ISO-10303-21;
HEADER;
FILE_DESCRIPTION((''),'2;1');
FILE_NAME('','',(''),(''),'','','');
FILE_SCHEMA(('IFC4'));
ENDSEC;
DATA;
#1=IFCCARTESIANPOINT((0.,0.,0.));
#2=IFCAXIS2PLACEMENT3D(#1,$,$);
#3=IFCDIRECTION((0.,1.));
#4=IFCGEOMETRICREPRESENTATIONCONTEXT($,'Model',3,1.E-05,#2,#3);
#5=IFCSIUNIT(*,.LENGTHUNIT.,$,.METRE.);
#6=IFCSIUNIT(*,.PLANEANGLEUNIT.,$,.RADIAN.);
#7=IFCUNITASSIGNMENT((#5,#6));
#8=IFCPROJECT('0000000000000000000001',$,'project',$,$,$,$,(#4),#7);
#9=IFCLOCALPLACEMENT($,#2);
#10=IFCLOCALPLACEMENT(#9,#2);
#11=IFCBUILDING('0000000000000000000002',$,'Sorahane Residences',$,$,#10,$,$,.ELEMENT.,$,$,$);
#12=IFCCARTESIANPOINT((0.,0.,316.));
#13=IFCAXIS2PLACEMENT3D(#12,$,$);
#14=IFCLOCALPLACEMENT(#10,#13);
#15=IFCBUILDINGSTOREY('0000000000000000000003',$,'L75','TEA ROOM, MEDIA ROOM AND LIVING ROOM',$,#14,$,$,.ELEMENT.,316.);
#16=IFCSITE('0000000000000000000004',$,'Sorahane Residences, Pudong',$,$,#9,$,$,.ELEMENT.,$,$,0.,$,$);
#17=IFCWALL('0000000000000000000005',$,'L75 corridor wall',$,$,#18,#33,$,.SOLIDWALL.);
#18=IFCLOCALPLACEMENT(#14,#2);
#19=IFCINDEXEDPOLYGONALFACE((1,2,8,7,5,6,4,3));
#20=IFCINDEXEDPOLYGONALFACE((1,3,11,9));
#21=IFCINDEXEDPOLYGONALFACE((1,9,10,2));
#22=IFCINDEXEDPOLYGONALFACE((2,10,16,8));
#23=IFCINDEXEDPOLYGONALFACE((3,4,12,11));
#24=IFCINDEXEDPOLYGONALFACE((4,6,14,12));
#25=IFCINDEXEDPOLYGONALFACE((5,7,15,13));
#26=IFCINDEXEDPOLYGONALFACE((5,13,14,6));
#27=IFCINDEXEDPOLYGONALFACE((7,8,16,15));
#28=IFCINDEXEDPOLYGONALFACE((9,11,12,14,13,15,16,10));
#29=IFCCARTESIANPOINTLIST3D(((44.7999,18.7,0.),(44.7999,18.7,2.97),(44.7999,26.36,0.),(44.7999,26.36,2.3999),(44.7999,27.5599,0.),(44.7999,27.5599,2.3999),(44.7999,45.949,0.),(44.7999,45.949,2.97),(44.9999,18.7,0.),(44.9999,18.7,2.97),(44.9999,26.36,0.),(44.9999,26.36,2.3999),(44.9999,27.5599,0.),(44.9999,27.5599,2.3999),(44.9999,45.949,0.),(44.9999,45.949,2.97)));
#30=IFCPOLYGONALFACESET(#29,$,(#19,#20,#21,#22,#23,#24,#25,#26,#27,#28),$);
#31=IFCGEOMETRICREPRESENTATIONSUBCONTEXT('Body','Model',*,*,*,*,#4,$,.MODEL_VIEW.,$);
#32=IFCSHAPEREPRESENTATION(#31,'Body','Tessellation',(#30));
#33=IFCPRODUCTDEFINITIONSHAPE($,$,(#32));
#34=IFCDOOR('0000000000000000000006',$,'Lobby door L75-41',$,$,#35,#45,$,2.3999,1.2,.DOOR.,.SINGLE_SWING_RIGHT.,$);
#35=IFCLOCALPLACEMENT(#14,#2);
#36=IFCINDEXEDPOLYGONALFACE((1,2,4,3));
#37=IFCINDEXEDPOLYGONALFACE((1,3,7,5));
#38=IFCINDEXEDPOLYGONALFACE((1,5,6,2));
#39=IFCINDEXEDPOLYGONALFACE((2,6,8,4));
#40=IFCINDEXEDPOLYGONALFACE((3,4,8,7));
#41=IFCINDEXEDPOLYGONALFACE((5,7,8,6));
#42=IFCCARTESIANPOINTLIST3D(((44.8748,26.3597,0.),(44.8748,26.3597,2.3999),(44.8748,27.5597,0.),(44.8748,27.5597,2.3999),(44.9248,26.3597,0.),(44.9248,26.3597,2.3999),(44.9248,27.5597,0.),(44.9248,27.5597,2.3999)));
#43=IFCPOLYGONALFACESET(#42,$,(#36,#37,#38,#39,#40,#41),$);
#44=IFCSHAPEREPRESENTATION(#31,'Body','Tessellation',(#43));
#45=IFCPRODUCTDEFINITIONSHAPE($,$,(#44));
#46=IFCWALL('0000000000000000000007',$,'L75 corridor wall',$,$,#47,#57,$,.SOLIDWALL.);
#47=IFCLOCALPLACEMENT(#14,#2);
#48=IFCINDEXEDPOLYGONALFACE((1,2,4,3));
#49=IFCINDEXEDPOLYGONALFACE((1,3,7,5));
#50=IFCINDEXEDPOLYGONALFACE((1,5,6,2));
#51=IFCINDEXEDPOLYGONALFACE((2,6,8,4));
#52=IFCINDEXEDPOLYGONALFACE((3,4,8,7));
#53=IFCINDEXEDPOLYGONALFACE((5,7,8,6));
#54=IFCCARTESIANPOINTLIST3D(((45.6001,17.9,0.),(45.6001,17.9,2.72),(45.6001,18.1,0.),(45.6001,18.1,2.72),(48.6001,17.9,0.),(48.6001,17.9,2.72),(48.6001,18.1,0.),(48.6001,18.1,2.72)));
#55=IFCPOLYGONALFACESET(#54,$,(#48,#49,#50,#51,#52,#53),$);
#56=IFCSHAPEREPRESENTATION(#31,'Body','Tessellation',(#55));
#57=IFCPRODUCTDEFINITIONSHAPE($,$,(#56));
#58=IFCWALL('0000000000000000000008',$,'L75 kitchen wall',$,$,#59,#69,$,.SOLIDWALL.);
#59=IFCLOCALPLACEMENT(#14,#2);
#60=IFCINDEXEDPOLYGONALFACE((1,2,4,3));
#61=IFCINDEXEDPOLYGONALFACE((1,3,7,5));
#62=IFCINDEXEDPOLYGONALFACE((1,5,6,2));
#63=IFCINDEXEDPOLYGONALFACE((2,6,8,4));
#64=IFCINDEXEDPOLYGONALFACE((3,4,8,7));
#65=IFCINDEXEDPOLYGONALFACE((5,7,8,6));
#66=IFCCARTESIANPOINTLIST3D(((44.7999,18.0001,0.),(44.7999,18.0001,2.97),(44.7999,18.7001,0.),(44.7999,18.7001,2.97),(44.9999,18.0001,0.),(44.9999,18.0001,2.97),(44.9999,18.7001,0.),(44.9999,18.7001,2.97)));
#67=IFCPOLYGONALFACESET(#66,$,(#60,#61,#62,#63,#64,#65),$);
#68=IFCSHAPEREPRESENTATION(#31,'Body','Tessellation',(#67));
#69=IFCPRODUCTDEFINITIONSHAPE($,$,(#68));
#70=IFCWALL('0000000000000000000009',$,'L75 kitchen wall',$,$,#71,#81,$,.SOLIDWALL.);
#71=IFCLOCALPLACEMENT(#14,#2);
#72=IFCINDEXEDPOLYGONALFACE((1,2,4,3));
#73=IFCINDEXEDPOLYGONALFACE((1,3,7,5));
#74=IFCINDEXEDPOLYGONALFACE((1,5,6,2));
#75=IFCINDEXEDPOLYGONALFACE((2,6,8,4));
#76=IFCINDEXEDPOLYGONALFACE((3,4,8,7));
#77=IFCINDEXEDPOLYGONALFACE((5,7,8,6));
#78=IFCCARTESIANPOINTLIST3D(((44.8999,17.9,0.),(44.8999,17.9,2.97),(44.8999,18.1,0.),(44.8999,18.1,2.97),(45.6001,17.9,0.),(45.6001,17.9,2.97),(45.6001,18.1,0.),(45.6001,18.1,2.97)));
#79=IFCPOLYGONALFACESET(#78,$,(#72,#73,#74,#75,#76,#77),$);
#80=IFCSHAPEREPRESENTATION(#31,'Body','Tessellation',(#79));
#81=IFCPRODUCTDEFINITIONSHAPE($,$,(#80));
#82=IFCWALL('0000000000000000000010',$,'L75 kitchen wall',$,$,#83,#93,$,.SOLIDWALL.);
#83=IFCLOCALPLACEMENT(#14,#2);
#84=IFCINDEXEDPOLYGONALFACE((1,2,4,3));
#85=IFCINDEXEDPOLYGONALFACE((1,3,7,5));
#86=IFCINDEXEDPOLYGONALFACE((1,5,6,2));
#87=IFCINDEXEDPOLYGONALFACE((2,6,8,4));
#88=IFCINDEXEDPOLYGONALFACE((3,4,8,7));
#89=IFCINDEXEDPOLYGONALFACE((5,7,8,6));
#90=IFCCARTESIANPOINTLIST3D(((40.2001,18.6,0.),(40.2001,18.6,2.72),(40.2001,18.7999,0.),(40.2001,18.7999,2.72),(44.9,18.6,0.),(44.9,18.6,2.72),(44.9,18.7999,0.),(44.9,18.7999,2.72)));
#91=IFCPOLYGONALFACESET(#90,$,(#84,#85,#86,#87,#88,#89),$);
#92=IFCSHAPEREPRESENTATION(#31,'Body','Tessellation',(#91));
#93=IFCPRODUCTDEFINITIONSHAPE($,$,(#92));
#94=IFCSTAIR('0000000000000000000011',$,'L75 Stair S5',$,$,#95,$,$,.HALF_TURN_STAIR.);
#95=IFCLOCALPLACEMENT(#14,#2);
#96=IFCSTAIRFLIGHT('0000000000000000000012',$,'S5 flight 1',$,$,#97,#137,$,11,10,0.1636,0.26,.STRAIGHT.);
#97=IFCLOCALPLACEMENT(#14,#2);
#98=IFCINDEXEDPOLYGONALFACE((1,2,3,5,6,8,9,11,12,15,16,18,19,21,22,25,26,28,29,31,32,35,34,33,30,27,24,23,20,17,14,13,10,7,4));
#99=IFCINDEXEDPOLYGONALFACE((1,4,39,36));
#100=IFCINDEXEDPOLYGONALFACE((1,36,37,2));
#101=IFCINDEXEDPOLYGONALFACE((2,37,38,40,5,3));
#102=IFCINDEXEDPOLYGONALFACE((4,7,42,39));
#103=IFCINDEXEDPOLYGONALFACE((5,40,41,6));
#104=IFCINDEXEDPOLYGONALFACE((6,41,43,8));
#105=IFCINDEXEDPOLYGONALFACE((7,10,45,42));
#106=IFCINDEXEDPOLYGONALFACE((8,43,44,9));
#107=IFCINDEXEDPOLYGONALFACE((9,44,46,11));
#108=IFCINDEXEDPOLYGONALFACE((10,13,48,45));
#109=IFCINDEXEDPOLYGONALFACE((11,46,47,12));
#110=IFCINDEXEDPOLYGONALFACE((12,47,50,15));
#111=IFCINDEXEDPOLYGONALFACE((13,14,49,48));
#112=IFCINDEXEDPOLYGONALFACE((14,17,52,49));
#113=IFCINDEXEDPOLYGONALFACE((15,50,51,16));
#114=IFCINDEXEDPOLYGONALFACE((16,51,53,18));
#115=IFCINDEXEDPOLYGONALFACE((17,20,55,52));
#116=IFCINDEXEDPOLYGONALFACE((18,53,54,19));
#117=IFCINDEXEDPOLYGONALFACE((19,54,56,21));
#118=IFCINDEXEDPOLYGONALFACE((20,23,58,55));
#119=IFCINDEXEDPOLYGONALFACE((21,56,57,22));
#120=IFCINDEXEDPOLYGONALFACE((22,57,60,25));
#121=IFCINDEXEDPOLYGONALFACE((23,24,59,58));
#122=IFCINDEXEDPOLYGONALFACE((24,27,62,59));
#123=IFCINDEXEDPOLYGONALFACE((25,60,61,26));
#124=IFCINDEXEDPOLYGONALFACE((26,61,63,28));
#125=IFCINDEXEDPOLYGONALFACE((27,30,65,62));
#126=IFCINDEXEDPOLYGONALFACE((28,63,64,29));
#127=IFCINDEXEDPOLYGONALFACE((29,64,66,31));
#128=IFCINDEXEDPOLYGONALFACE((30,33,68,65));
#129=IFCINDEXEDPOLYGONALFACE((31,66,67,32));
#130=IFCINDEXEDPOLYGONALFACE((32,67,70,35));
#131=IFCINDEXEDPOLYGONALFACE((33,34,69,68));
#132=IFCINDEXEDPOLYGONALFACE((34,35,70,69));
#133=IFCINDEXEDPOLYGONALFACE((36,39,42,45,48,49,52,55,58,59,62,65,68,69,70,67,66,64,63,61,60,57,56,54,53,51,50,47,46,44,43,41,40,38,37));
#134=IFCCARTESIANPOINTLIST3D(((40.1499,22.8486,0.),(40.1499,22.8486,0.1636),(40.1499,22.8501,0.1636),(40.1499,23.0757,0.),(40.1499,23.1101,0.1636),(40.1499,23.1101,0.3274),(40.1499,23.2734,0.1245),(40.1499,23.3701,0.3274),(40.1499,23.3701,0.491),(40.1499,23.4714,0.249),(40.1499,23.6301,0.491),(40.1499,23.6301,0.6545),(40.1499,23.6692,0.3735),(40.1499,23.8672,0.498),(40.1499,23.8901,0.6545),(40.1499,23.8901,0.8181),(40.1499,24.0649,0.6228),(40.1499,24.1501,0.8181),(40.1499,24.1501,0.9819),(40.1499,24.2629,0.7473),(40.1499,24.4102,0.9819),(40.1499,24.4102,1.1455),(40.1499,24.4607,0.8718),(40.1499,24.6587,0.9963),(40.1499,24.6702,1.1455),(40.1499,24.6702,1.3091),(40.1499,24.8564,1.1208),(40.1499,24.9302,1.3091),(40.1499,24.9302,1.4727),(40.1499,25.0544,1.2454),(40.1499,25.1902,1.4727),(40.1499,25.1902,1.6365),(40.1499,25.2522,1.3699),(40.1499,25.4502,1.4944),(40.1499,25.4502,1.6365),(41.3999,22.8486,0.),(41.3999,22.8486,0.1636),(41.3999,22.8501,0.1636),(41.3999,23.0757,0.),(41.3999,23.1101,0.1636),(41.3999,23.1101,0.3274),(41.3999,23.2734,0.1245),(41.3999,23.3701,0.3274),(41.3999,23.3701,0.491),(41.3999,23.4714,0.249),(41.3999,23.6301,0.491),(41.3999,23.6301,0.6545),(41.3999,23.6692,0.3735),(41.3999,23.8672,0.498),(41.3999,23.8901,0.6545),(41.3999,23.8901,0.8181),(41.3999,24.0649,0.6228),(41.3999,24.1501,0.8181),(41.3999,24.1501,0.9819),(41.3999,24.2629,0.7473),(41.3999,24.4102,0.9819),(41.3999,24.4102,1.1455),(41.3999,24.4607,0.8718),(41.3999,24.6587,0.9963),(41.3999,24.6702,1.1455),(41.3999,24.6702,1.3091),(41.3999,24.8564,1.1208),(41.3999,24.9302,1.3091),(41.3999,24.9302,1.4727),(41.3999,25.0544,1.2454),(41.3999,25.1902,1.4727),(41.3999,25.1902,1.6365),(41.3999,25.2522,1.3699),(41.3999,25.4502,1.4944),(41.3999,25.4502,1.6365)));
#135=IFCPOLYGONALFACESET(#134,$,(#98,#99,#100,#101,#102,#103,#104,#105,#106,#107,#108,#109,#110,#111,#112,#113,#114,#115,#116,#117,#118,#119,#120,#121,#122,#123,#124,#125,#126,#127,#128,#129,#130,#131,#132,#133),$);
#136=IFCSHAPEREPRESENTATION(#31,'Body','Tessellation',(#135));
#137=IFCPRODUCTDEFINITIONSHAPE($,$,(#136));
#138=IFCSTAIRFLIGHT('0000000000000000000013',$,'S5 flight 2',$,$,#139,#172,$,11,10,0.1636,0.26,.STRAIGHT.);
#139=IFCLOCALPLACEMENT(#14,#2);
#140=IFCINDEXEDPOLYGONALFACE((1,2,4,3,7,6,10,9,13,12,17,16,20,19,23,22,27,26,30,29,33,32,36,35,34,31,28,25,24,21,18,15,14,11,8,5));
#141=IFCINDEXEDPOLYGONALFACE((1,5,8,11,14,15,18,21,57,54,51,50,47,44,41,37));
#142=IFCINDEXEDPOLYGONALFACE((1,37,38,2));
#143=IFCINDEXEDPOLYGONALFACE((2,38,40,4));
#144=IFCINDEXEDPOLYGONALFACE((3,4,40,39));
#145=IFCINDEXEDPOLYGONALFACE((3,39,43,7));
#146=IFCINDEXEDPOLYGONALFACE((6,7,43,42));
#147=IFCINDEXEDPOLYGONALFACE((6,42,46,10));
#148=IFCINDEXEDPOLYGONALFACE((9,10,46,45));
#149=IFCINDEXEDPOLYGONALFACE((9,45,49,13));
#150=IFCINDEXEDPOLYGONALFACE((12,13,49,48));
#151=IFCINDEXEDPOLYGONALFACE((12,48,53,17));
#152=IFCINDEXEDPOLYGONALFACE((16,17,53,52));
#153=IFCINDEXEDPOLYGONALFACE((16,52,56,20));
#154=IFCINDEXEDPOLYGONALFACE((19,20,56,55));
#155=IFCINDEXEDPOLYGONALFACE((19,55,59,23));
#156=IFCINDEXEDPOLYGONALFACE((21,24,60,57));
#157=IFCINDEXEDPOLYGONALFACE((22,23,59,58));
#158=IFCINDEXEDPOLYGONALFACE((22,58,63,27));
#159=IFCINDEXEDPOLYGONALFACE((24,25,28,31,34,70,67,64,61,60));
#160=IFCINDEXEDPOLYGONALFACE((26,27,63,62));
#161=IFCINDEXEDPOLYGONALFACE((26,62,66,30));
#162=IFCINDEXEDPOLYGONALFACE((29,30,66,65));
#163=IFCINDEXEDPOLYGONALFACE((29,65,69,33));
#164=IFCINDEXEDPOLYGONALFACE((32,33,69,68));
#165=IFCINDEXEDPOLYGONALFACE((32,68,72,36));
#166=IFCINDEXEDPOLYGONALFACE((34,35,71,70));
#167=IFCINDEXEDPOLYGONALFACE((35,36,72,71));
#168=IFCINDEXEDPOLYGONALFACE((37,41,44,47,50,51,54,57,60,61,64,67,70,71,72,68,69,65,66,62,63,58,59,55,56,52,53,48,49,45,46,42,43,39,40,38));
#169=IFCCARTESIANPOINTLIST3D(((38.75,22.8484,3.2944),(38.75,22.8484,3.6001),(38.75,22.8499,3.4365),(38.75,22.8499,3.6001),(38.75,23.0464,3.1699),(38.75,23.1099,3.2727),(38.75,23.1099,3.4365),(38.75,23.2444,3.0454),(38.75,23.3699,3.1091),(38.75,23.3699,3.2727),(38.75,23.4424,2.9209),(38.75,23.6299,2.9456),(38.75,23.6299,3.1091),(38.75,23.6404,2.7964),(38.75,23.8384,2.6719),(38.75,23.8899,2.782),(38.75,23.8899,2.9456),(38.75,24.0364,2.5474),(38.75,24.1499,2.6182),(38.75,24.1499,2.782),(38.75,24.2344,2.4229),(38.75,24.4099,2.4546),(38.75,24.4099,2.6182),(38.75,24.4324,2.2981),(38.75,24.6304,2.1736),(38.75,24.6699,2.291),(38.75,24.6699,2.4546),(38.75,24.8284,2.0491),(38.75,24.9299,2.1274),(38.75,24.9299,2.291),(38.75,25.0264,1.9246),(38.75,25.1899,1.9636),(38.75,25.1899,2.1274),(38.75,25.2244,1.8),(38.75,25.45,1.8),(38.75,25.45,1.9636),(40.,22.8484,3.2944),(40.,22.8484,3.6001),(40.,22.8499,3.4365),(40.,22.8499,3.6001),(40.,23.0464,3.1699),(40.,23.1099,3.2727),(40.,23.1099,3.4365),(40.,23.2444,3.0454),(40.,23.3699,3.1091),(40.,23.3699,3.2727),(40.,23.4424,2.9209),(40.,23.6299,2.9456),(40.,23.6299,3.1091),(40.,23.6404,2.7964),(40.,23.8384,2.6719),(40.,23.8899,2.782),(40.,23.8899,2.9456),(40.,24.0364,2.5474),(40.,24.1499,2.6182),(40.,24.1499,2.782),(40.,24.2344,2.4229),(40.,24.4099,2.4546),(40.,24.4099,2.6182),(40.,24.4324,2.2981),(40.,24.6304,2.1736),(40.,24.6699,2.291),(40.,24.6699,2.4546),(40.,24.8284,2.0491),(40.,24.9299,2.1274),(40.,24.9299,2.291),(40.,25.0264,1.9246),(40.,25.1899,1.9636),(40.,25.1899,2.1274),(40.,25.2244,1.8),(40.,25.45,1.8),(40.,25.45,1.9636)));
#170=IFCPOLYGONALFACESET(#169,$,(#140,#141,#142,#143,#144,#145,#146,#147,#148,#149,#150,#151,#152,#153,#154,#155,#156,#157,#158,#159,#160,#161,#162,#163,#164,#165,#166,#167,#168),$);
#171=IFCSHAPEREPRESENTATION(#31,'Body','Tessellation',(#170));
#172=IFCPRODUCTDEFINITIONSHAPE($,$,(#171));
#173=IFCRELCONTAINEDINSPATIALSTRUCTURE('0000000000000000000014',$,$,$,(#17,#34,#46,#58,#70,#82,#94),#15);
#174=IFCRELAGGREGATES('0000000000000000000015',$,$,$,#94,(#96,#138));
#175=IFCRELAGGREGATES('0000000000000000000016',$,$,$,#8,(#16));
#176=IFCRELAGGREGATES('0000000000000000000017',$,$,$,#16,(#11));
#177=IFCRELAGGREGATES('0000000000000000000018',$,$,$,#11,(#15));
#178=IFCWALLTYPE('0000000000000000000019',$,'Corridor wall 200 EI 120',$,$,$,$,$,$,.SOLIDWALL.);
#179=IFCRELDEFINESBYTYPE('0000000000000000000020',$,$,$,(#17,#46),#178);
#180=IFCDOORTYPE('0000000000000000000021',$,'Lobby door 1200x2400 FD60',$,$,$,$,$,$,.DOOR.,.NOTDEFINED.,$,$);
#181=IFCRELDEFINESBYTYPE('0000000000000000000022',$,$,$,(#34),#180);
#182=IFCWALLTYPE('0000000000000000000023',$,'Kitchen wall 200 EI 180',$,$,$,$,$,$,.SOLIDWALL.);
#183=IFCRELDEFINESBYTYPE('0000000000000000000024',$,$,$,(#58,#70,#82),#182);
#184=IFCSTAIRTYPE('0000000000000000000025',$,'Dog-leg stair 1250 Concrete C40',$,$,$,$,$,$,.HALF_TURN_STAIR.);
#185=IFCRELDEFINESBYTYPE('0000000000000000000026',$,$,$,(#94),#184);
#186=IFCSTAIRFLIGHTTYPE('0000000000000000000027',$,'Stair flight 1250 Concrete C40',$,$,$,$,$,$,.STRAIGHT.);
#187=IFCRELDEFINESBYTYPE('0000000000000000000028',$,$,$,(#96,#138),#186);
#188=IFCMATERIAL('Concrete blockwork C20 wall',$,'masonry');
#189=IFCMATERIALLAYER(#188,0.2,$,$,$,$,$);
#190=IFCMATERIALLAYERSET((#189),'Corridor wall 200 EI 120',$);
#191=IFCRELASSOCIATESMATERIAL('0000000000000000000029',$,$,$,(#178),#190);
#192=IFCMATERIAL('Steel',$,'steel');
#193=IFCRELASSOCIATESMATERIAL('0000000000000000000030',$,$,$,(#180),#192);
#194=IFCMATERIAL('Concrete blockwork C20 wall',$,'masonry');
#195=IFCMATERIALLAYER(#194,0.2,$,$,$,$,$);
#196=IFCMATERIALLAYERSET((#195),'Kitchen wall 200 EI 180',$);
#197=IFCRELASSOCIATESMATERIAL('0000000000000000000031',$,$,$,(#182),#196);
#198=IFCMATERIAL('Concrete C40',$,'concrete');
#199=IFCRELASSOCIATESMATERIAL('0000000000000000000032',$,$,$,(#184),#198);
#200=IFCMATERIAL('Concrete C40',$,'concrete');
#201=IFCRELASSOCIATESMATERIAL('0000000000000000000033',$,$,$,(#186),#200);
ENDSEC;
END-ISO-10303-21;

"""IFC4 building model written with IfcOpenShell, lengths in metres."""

from ifc_helpers import new_model, si_unit, direction, frame, frame_2d, origin, place, context, subcontext, project, spatial, polyline, rectangle, outline, extrude, material, layer, layer_set, type_object, element, fill, aggregate, save


model = new_model("IFC4")

# Units and contexts
model_context = context("Model", 3, precision=1e-05, world=origin(), true_north=direction((0.0, 1.0)))
body_context = subcontext(model_context, "Body", "Model", "MODEL_VIEW")
ifc_project = project(units=[si_unit("LENGTHUNIT", "METRE"), si_unit("PLANEANGLEUNIT", "RADIAN")], contexts=[model_context])

# Site, building, storey
site_placement = place(None, origin())
site = spatial("IfcSite", under=ifc_project, at=site_placement, Name="Sorahane Residences, Pudong", CompositionType="ELEMENT", RefElevation=0.0)
building_placement = place(site_placement, origin())
building = spatial("IfcBuilding", under=site, at=building_placement, Name="Sorahane Residences", CompositionType="ELEMENT")
storey_placement = place(building_placement, frame((0.0, 0.0, 316.0)))
storey = spatial("IfcBuildingStorey", under=building, at=storey_placement, Name="L75", Description="TEA ROOM, MEDIA ROOM AND LIVING ROOM", CompositionType="ELEMENT", Elevation=316.0)

# Wall, opening, door
ifc_material_1 = material(Name="Concrete blockwork C20 wall", Category="masonry")
ifc_layer_1 = layer(ifc_material_1, 0.2)
ifc_layer_set_1 = layer_set([ifc_layer_1], Name="Corridor wall 200 EI 120")
wall_type_1 = type_object("IfcWallType", Name="Corridor wall 200 EI 120", PredefinedType="SOLIDWALL", material=ifc_layer_set_1)
wall_1_placement = place(storey_placement, frame((44.8999, 18.7, 0.0), z_axis=(0.0, 0.0, 1.0), x_axis=(0.0, 1.0, 0.0)))
wall_1 = element("IfcWall", 1, at=wall_1_placement, inside=storey, type_object=wall_type_1, Name="L75 corridor wall", PredefinedType="SOLIDWALL", context=body_context, shape_type="SweptSolid", body=[
    extrude(rectangle(XDim=27.249, YDim=0.2, at=frame_2d((13.6245, 0.0))), origin(), (0.0, 0.0, 1.0), 2.97),
])
opening_placement = place(wall_1_placement, frame((7.6599, 0.0, 0.0)))
opening = element("IfcOpeningElement", 2, at=opening_placement, cuts=wall_1, PredefinedType="OPENING", context=body_context, shape_type="SweptSolid", body=[
    extrude(rectangle(XDim=1.2, YDim=2.3999, at=frame_2d((0.6001, 1.2))), frame((0.0, 0.1099, 0.0), z_axis=(0.0, -1.0, 0.0), x_axis=(1.0, 0.0, 0.0)), (0.0, 0.0, 1.0), 0.22),
])
ifc_material_2 = material(Name="Steel", Category="steel")
door_type = type_object("IfcDoorType", Name="Lobby door 1200x2400 FD60", OperationType="NOTDEFINED", PredefinedType="DOOR", material=ifc_material_2)
door_placement = place(opening_placement, frame((1.2, 0.0, 0.0), z_axis=(0.0, 0.0, 1.0), x_axis=(-1.0, 0.0, 0.0)))
door = element("IfcDoor", 3, at=door_placement, inside=storey, type_object=door_type, Name="Lobby door L75-41", OperationType="SINGLE_SWING_RIGHT", OverallHeight=2.3999, OverallWidth=1.2, PredefinedType="DOOR", context=body_context, shape_type="SweptSolid", body=[
    extrude(rectangle(XDim=1.2, YDim=2.3999, at=frame_2d((0.6001, 1.2))), frame((0.0, 0.0249, 0.0), z_axis=(0.0, -1.0, 0.0), x_axis=(1.0, 0.0, 0.0)), (0.0, 0.0, 1.0), 0.05),
])
fill(opening, door)

# Walls
wall_2_placement = place(storey_placement, frame((45.6001, 18.0, 0.0), z_axis=(0.0, 0.0, 1.0), x_axis=(1.0, 0.0, 0.0)))
element("IfcWall", 4, at=wall_2_placement, inside=storey, type_object=wall_type_1, Name="L75 corridor wall", PredefinedType="SOLIDWALL", context=body_context, shape_type="SweptSolid", body=[
    extrude(rectangle(XDim=3.0, YDim=0.2, at=frame_2d((1.5, 0.0))), origin(), (0.0, 0.0, 1.0), 2.72),
])
ifc_material_3 = material(Name="Concrete blockwork C20 wall", Category="masonry")
ifc_layer_2 = layer(ifc_material_3, 0.2)
ifc_layer_set_2 = layer_set([ifc_layer_2], Name="Kitchen wall 200 EI 180")
wall_type_2 = type_object("IfcWallType", Name="Kitchen wall 200 EI 180", PredefinedType="SOLIDWALL", material=ifc_layer_set_2)
wall_3_placement = place(storey_placement, frame((44.8999, 18.0, 0.0), z_axis=(0.0, 0.0, 1.0), x_axis=(0.0, 1.0, 0.0)))
element("IfcWall", 5, at=wall_3_placement, inside=storey, type_object=wall_type_2, Name="L75 kitchen wall", PredefinedType="SOLIDWALL", context=body_context, shape_type="SweptSolid", body=[
    extrude(rectangle(XDim=0.7, YDim=0.2, at=frame_2d((0.3501, 0.0))), origin(), (0.0, 0.0, 1.0), 2.97),
])
wall_4_placement = place(storey_placement, frame((44.8999, 18.0, 0.0), z_axis=(0.0, 0.0, 1.0), x_axis=(1.0, 0.0, 0.0)))
element("IfcWall", 6, at=wall_4_placement, inside=storey, type_object=wall_type_2, Name="L75 kitchen wall", PredefinedType="SOLIDWALL", context=body_context, shape_type="SweptSolid", body=[
    extrude(rectangle(XDim=0.7002, YDim=0.2, at=frame_2d((0.3501, 0.0))), origin(), (0.0, 0.0, 1.0), 2.97),
])
wall_5_placement = place(storey_placement, frame((40.2, 18.7, 0.0), z_axis=(0.0, 0.0, 1.0), x_axis=(1.0, 0.0, 0.0)))
element("IfcWall", 7, at=wall_5_placement, inside=storey, type_object=wall_type_2, Name="L75 kitchen wall", PredefinedType="SOLIDWALL", context=body_context, shape_type="SweptSolid", body=[
    extrude(rectangle(XDim=4.7, YDim=0.2, at=frame_2d((2.3501, 0.0))), origin(), (0.0, 0.0, 1.0), 2.72),
])

# Stair, stair flights
ifc_material_4 = material(Name="Concrete C40", Category="concrete")
stair_type = type_object("IfcStairType", Name="Dog-leg stair 1250 Concrete C40", PredefinedType="HALF_TURN_STAIR", material=ifc_material_4)
stair_placement = place(storey_placement, origin())
stair = element("IfcStair", 8, at=stair_placement, inside=storey, type_object=stair_type, Name="L75 Stair S5", PredefinedType="HALF_TURN_STAIR")
ifc_material_5 = material(Name="Concrete C40", Category="concrete")
stair_flight_type = type_object("IfcStairFlightType", Name="Stair flight 1250 Concrete C40", PredefinedType="STRAIGHT", material=ifc_material_5)
stair_flight_1_placement = place(storey_placement, frame((40.7749, 22.8501, 0.0), z_axis=(0.0, 0.0, 1.0), x_axis=(0.0, 1.0, 0.0)))
stair_flight_1 = element("IfcStairFlight", 9, at=stair_flight_1_placement, type_object=stair_flight_type, Name="S5 flight 1", NumberOfRisers=11, NumberOfTreads=10, PredefinedType="STRAIGHT", RiserHeight=0.1636, TreadLength=0.26, context=body_context, shape_type="SweptSolid", body=[
    extrude(outline(polyline([(-0.0015, 0.0), (-0.0015, 0.1636), (0.0, 0.1636), (0.26, 0.1636), (0.26, 0.3274), (0.52, 0.3274), (0.52, 0.491), (0.78, 0.491), (0.78, 0.6545), (1.04, 0.6545), (1.04, 0.8181), (1.3, 0.8181), (1.3, 0.9819), (1.5601, 0.9819), (1.5601, 1.1455), (1.8201, 1.1455), (1.8201, 1.3091), (2.0801, 1.3091), (2.0801, 1.4727), (2.3401, 1.4727), (2.3401, 1.6365), (2.6001, 1.6365), (2.6001, 1.8), (2.6001, 1.4944), (2.4021, 1.3699), (2.2043, 1.2454), (2.0063, 1.1208), (1.8086, 0.9963), (1.6106, 0.8718), (1.4128, 0.7473), (1.2148, 0.6228), (1.0171, 0.498), (0.8191, 0.3735), (0.6213, 0.249), (0.4233, 0.1245), (0.2256, 0.0), (-0.0015, 0.0)])), frame((0.0, 0.625, 0.0), z_axis=(0.0, -1.0, 0.0), x_axis=(1.0, 0.0, 0.0)), (0.0, 0.0, 1.0), 1.25),
])
stair_flight_2_placement = place(storey_placement, frame((39.375, 25.45, 1.8), z_axis=(0.0, 0.0, 1.0), x_axis=(0.0, -1.0, 0.0)))
stair_flight_2 = element("IfcStairFlight", 10, at=stair_flight_2_placement, type_object=stair_flight_type, Name="S5 flight 2", NumberOfRisers=11, NumberOfTreads=10, PredefinedType="STRAIGHT", RiserHeight=0.1636, TreadLength=0.26, context=body_context, shape_type="SweptSolid", body=[
    extrude(outline(polyline([(0.0, 0.0), (0.0, 0.1636), (0.26, 0.1636), (0.26, 0.3274), (0.52, 0.3274), (0.52, 0.491), (0.78, 0.491), (0.78, 0.6545), (1.04, 0.6545), (1.04, 0.8181), (1.3, 0.8181), (1.3, 0.9819), (1.5601, 0.9819), (1.5601, 1.1455), (1.8201, 1.1455), (1.8201, 1.3091), (2.0801, 1.3091), (2.0801, 1.4727), (2.3401, 1.4727), (2.3401, 1.6365), (2.6001, 1.6365), (2.6001, 1.8), (2.6016, 1.8), (2.6016, 1.4944), (2.4036, 1.3699), (2.2056, 1.2454), (2.0076, 1.1208), (1.8096, 0.9963), (1.6116, 0.8718), (1.4136, 0.7473), (1.2156, 0.6228), (1.0176, 0.498), (0.8196, 0.3735), (0.6216, 0.249), (0.4236, 0.1245), (0.2256, 0.0), (0.0, 0.0)])), frame((0.0, 0.625, 0.0), z_axis=(0.0, -1.0, 0.0), x_axis=(1.0, 0.0, 0.0)), (0.0, 0.0, 1.0), 1.25),
])
aggregate(stair, [stair_flight_1, stair_flight_2])

save(model, "model.ifc")
